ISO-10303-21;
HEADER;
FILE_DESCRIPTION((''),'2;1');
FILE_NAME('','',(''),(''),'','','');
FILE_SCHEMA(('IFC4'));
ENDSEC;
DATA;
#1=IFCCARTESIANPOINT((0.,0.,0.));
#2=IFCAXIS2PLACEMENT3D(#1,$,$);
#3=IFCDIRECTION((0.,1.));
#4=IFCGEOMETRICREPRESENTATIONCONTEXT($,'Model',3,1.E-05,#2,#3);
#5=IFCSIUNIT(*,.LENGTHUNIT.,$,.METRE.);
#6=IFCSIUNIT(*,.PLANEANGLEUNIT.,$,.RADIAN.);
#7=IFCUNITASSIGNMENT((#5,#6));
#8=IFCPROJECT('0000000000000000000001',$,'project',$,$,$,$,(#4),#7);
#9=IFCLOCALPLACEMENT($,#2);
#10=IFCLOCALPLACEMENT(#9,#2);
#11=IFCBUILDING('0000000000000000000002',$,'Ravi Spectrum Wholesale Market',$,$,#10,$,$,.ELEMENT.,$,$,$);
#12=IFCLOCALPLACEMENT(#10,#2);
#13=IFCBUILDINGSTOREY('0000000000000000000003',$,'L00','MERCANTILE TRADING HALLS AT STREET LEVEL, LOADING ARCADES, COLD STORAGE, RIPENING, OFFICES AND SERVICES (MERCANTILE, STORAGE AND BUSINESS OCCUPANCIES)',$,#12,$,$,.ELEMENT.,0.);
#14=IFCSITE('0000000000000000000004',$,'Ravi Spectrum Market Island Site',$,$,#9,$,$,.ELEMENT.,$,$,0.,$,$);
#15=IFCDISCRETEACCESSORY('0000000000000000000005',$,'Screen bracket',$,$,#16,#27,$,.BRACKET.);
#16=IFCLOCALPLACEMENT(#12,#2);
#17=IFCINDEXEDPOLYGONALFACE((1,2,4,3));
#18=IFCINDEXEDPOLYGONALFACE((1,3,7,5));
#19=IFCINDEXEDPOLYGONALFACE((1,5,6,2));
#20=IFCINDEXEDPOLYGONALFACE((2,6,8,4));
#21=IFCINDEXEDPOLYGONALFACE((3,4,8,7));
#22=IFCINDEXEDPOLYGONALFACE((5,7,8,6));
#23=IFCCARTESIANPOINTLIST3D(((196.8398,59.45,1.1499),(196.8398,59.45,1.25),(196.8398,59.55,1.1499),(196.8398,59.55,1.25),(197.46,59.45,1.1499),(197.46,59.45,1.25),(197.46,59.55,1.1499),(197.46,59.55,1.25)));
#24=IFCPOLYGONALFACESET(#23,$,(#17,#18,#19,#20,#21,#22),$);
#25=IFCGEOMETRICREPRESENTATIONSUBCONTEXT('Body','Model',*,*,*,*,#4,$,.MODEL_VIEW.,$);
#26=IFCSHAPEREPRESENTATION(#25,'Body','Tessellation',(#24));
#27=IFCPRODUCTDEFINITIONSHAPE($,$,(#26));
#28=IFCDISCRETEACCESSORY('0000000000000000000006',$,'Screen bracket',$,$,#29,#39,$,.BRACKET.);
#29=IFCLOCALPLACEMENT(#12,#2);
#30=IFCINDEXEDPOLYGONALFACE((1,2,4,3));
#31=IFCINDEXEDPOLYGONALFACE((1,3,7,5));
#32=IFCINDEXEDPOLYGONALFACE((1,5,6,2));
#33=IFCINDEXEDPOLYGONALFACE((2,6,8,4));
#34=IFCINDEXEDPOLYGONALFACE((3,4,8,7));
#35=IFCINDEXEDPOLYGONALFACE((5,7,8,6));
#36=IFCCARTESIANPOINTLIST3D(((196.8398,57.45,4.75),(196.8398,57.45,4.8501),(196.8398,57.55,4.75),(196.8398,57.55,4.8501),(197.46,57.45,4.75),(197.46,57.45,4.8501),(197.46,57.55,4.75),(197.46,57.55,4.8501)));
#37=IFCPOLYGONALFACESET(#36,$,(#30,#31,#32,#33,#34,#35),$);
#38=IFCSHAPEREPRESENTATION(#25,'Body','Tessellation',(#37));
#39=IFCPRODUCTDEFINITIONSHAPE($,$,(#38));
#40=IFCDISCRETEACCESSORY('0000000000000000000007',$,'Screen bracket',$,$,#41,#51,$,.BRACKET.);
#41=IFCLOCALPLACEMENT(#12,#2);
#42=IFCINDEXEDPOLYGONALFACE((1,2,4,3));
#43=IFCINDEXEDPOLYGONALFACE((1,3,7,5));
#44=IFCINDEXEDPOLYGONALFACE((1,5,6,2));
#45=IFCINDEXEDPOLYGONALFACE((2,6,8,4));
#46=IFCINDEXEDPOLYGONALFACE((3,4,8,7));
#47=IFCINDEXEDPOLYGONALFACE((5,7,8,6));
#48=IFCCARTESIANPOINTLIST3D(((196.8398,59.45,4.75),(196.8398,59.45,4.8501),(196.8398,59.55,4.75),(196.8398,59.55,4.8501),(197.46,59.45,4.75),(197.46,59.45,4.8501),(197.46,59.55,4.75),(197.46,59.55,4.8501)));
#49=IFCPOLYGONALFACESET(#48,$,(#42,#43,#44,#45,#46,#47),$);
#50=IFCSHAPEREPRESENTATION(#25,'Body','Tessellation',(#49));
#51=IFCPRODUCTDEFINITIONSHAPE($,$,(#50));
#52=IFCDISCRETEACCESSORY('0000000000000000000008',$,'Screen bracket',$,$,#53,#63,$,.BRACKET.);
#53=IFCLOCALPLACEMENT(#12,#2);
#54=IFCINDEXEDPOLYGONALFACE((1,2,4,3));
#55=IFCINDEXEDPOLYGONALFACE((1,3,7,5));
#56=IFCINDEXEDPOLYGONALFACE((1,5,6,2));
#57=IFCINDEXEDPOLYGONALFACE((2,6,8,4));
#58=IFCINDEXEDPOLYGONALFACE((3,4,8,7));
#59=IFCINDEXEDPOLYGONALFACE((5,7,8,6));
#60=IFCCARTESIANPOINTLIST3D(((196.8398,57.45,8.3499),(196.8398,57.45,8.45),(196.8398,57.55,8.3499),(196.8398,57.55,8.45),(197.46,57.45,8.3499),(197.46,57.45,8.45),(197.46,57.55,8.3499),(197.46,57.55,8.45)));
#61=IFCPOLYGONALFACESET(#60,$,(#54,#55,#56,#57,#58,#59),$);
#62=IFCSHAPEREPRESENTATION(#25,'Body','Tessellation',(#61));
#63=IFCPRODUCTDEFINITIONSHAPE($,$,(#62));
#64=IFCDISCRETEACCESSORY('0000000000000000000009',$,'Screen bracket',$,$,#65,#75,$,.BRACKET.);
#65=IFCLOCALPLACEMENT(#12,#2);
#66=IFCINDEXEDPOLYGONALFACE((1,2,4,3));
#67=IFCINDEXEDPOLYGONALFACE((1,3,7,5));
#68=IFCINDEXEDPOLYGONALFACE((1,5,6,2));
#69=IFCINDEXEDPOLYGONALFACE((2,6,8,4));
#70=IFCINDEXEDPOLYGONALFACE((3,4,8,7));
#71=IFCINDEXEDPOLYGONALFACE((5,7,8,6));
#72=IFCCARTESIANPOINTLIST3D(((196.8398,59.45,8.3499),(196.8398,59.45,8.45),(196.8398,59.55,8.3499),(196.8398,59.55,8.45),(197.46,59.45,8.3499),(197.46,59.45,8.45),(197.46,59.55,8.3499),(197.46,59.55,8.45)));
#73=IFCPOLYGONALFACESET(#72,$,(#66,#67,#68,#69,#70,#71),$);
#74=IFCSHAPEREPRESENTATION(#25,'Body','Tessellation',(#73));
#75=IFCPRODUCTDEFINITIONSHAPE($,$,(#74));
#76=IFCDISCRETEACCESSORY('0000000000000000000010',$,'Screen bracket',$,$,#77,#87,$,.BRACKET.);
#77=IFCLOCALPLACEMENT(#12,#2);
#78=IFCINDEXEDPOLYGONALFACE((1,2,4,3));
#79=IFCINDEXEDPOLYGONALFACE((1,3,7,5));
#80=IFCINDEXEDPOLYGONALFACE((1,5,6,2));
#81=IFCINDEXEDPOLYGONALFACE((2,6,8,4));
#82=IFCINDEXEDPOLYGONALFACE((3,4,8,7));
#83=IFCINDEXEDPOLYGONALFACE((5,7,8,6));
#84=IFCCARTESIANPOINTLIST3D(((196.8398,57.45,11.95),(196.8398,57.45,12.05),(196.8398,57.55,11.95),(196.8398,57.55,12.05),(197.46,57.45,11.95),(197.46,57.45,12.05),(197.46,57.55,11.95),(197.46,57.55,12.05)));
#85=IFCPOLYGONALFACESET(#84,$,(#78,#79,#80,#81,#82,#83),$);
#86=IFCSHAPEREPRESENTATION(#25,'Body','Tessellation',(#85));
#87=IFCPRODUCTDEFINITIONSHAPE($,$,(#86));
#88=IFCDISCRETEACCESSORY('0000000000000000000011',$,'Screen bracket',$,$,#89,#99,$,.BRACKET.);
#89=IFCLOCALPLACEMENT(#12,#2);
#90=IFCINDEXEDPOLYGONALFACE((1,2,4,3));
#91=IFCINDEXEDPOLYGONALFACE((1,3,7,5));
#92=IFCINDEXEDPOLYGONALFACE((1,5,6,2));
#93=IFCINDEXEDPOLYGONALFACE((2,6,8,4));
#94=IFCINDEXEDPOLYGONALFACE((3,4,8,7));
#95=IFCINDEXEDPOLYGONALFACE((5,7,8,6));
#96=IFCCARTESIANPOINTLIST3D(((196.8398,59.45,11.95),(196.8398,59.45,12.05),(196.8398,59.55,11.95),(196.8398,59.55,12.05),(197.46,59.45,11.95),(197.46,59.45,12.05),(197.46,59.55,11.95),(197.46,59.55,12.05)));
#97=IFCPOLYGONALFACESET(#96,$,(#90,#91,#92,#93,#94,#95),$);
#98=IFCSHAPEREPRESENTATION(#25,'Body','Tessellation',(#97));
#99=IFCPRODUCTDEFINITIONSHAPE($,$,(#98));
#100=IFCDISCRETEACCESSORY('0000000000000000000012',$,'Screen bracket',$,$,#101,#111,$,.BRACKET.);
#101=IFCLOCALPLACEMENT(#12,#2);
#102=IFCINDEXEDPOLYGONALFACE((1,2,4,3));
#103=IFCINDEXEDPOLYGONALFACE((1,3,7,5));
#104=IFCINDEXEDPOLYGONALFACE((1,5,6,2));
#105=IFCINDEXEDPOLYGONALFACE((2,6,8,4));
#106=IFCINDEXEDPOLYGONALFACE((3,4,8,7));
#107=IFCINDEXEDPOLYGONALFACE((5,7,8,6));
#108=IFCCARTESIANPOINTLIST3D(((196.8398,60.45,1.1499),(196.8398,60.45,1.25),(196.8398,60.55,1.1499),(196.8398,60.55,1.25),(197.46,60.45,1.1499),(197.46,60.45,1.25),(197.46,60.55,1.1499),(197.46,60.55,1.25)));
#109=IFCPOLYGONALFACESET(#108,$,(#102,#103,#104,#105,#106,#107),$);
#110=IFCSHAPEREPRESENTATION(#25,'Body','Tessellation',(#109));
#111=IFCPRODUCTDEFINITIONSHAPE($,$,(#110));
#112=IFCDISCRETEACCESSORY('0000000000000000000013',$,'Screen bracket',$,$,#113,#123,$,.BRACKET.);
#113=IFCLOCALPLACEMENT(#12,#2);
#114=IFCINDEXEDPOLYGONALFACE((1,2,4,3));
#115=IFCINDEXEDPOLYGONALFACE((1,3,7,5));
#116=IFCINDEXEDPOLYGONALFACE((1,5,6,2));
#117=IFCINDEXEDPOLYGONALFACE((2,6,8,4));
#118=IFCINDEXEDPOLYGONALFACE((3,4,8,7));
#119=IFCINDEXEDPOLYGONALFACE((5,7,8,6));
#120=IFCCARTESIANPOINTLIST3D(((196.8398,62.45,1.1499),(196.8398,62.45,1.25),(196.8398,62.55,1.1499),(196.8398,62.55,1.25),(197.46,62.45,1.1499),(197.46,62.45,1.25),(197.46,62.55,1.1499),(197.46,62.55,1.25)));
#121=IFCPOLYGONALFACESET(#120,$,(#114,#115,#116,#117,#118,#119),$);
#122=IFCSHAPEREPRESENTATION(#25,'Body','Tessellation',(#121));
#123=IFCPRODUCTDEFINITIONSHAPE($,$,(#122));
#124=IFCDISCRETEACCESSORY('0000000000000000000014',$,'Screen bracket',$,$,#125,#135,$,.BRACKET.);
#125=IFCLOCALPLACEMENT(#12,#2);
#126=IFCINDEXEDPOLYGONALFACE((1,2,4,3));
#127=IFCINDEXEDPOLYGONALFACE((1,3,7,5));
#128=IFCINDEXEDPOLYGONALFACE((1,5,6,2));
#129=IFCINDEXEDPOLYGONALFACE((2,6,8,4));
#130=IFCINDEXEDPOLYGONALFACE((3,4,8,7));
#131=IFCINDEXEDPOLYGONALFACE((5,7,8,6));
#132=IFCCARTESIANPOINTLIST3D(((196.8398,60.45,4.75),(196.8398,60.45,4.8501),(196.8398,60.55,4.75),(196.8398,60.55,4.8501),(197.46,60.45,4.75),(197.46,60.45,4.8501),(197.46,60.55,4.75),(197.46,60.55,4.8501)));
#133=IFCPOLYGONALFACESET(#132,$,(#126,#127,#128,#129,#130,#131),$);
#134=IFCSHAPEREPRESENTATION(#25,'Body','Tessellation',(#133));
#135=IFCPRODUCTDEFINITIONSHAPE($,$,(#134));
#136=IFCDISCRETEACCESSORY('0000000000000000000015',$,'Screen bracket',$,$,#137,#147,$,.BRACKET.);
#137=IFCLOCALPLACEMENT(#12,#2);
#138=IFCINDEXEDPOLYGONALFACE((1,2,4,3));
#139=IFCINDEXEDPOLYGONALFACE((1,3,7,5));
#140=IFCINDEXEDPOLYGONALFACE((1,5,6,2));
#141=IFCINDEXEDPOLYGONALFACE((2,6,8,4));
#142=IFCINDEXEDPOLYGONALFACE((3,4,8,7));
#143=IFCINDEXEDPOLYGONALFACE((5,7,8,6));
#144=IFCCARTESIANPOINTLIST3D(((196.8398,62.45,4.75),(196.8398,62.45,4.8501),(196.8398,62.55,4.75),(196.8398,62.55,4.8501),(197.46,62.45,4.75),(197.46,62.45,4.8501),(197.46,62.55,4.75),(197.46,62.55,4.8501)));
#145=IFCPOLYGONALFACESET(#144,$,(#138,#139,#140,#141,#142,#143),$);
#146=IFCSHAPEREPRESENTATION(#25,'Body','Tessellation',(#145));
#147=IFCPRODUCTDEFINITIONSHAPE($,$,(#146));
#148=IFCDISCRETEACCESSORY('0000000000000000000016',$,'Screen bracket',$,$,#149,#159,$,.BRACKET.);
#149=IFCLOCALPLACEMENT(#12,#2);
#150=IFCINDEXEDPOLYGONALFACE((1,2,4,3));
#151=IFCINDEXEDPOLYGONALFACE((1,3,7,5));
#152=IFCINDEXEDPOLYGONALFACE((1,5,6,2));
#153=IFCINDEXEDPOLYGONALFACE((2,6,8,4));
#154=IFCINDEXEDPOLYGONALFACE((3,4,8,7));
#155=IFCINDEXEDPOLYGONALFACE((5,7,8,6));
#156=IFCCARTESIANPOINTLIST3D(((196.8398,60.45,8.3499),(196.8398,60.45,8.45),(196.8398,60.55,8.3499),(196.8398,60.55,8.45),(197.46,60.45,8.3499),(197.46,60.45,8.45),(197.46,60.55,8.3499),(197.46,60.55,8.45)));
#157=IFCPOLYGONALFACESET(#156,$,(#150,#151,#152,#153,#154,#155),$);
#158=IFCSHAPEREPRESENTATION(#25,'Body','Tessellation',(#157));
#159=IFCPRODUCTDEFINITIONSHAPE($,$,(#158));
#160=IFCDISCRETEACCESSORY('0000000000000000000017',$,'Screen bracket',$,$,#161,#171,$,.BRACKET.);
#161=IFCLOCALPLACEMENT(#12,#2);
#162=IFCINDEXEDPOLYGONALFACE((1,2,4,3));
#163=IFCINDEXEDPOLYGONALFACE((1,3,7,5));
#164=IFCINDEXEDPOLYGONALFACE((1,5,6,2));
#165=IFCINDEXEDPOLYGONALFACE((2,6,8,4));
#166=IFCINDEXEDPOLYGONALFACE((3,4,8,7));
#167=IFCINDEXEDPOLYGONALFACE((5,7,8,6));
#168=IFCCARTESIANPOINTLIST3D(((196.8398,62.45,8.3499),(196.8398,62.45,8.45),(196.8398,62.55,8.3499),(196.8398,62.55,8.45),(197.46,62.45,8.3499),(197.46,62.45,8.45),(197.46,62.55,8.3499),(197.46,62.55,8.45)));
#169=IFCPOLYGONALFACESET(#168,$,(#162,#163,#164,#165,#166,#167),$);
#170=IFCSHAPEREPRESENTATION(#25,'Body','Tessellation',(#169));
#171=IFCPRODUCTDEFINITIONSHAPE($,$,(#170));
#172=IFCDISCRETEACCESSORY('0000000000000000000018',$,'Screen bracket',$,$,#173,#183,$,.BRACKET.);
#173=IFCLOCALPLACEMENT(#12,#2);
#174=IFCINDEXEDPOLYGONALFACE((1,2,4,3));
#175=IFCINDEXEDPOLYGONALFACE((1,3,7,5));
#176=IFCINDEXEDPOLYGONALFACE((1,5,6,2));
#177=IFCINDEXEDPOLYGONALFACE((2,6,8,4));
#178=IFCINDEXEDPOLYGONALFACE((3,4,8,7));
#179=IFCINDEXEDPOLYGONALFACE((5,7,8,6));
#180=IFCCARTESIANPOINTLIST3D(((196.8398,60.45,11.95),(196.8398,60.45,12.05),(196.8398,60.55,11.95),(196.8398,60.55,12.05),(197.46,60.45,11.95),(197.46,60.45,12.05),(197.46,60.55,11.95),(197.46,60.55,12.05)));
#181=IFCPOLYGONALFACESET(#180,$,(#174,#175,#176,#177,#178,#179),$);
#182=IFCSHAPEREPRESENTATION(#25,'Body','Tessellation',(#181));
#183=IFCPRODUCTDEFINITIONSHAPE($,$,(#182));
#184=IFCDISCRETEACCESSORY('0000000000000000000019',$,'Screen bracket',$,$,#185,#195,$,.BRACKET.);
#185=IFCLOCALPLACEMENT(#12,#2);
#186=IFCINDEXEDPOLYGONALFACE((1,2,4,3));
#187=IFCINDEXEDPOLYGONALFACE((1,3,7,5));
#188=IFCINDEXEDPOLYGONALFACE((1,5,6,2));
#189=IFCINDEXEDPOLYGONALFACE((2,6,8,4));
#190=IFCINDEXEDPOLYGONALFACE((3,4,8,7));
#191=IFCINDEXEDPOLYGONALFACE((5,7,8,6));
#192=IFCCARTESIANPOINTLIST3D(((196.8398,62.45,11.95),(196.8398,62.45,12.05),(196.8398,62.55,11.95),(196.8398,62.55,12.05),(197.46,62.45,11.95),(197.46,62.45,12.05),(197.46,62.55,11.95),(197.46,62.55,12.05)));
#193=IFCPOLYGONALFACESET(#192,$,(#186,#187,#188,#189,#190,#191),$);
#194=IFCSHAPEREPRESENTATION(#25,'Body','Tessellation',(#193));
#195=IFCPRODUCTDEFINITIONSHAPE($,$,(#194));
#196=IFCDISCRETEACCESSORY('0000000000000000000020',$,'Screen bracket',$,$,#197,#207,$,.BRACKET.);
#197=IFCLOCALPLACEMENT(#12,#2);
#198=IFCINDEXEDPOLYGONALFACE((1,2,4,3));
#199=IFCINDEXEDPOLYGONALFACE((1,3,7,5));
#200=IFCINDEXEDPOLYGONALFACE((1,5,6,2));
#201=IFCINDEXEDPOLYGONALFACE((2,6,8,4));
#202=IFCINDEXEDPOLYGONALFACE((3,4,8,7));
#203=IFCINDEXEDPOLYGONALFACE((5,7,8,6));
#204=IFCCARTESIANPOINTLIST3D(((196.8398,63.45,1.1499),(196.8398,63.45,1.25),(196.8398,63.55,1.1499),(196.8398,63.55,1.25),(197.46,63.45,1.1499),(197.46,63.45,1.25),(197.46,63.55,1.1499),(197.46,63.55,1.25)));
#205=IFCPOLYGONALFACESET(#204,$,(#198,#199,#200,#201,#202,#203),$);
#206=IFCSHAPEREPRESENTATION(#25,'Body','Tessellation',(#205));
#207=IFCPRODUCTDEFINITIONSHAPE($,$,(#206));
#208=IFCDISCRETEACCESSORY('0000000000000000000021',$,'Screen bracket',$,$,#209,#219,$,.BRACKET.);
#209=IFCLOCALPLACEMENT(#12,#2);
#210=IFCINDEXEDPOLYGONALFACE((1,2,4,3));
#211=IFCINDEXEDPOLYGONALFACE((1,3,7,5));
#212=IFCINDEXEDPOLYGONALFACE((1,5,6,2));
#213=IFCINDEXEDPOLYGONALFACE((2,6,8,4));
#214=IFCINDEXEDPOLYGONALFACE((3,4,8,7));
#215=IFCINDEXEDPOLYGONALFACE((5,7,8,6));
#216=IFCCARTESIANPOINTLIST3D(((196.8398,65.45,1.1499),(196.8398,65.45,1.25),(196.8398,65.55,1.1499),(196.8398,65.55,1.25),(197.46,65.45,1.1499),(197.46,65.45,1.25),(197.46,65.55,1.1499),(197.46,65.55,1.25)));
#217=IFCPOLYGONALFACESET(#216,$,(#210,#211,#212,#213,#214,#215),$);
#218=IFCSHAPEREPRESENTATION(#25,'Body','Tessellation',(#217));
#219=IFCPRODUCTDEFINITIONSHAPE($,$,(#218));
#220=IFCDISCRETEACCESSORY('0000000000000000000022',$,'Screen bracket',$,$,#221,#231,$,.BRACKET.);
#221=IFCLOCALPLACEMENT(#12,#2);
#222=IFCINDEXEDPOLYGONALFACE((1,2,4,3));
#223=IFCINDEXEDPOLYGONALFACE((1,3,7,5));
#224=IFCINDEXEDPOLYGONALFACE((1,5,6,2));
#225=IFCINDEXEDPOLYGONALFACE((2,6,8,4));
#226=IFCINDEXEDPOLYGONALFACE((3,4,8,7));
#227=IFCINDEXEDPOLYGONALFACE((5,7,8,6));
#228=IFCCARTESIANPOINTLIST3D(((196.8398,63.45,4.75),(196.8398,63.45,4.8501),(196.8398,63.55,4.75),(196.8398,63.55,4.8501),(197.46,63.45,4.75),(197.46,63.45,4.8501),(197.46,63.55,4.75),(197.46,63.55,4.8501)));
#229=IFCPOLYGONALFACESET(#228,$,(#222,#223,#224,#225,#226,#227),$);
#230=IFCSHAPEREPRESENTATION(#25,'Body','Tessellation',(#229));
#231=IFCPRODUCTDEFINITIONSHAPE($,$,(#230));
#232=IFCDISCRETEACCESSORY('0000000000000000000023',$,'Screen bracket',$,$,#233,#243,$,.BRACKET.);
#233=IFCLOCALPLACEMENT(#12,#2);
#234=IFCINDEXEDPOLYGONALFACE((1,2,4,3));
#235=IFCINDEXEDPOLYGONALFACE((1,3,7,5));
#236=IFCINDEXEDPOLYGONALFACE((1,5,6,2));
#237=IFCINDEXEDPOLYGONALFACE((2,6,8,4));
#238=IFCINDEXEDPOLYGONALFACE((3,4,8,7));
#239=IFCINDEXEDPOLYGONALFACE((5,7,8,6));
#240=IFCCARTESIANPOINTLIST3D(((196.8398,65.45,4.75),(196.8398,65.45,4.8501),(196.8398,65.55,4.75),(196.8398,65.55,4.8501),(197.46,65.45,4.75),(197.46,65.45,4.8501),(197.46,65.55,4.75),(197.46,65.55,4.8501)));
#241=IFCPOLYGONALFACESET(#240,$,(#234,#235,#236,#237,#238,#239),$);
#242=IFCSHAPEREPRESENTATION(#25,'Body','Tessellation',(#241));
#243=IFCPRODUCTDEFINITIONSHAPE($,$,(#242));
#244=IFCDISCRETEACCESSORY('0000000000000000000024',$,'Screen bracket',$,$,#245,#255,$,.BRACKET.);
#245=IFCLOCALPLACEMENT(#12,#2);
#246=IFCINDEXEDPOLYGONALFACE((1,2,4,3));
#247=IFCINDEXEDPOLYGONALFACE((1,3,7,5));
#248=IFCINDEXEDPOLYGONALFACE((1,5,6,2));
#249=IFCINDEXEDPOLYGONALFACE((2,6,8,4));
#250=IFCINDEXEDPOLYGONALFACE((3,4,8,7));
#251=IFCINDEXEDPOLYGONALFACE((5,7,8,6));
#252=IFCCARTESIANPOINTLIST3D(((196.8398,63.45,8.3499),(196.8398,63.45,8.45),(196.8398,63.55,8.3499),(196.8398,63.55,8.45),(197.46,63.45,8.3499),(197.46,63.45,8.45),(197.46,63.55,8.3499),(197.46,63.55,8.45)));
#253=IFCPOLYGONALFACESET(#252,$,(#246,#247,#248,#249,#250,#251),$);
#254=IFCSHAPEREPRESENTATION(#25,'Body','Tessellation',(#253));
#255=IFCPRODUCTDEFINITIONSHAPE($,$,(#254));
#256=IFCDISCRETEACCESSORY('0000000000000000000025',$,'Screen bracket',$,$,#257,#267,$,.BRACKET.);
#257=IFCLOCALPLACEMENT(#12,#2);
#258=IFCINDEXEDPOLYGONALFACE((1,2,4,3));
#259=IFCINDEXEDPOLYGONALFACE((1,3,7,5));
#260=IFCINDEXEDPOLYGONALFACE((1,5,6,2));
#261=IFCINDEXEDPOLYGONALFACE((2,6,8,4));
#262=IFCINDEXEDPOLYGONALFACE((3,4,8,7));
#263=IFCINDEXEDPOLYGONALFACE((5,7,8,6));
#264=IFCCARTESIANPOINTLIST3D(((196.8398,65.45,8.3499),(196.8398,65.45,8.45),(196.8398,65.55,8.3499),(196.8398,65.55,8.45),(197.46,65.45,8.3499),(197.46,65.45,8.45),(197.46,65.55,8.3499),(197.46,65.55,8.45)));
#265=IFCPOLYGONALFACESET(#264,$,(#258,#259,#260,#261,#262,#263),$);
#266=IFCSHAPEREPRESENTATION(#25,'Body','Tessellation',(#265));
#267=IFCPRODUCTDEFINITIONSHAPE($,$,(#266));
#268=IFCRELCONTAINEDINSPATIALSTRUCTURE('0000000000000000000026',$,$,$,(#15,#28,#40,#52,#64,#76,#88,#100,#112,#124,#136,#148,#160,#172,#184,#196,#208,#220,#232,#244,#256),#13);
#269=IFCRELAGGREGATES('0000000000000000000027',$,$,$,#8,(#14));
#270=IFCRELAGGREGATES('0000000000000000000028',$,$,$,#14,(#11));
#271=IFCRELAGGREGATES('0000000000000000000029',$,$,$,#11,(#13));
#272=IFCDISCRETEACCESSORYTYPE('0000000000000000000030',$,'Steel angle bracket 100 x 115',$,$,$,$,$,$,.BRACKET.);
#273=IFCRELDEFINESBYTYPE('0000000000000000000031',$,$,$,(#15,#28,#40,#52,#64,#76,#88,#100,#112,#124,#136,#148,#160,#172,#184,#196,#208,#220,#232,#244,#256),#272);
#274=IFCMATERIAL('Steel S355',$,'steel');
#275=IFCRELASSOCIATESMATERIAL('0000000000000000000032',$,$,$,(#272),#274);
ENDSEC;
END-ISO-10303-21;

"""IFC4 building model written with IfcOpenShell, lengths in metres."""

from ifc_helpers import new_model, si_unit, direction, frame, origin, origin_2d, place, context, subcontext, project, spatial, rectangle, extrude, material, type_object, element, save


model = new_model("IFC4")

# Units and contexts
model_context = context("Model", 3, precision=1e-05, world=origin(), true_north=direction((0.0, 1.0)))
body_context = subcontext(model_context, "Body", "Model", "MODEL_VIEW")
ifc_project = project(units=[si_unit("LENGTHUNIT", "METRE"), si_unit("PLANEANGLEUNIT", "RADIAN")], contexts=[model_context])

# Site, building, storey
site_placement = place(None, origin())
site = spatial("IfcSite", under=ifc_project, at=site_placement, Name="Ravi Spectrum Market Island Site", CompositionType="ELEMENT", RefElevation=0.0)
building_placement = place(site_placement, origin())
building = spatial("IfcBuilding", under=site, at=building_placement, Name="Ravi Spectrum Wholesale Market", CompositionType="ELEMENT")
storey_placement = place(building_placement, origin())
storey = spatial("IfcBuildingStorey", under=building, at=storey_placement, Name="L00", Description="MERCANTILE TRADING HALLS AT STREET LEVEL, LOADING ARCADES, COLD STORAGE, RIPENING, OFFICES AND SERVICES (MERCANTILE, STORAGE AND BUSINESS OCCUPANCIES)", CompositionType="ELEMENT", Elevation=0.0)

# Discrete accessories
ifc_material_1 = material(Name="Steel S355", Category="steel")
discrete_accessory_type = type_object("IfcDiscreteAccessoryType", Name="Steel angle bracket 100 x 115", PredefinedType="BRACKET", material=ifc_material_1)
for number, where, z_axis, x_axis, name in (
    (1, (197.1499, 59.5, 1.1499), (0.0, 0.0, 1.0), (1.0, 0.0, 0.0), "Screen bracket"),
    (2, (197.1499, 57.5, 4.75), (0.0, 0.0, 1.0), (1.0, 0.0, 0.0), "Screen bracket"),
    (3, (197.1499, 59.5, 4.75), (0.0, 0.0, 1.0), (1.0, 0.0, 0.0), "Screen bracket"),
    (4, (197.1499, 57.5, 8.3499), (0.0, 0.0, 1.0), (1.0, 0.0, 0.0), "Screen bracket"),
    (5, (197.1499, 59.5, 8.3499), (0.0, 0.0, 1.0), (1.0, 0.0, 0.0), "Screen bracket"),
    (6, (197.1499, 57.5, 11.95), (0.0, 0.0, 1.0), (1.0, 0.0, 0.0), "Screen bracket"),
    (7, (197.1499, 59.5, 11.95), (0.0, 0.0, 1.0), (1.0, 0.0, 0.0), "Screen bracket"),
    (8, (197.1499, 60.5, 1.1499), (0.0, 0.0, 1.0), (1.0, 0.0, 0.0), "Screen bracket"),
    (9, (197.1499, 62.5, 1.1499), (0.0, 0.0, 1.0), (1.0, 0.0, 0.0), "Screen bracket"),
    (10, (197.1499, 60.5, 4.75), (0.0, 0.0, 1.0), (1.0, 0.0, 0.0), "Screen bracket"),
    (11, (197.1499, 62.5, 4.75), (0.0, 0.0, 1.0), (1.0, 0.0, 0.0), "Screen bracket"),
    (12, (197.1499, 60.5, 8.3499), (0.0, 0.0, 1.0), (1.0, 0.0, 0.0), "Screen bracket"),
    (13, (197.1499, 62.5, 8.3499), (0.0, 0.0, 1.0), (1.0, 0.0, 0.0), "Screen bracket"),
    (14, (197.1499, 60.5, 11.95), (0.0, 0.0, 1.0), (1.0, 0.0, 0.0), "Screen bracket"),
    (15, (197.1499, 62.5, 11.95), (0.0, 0.0, 1.0), (1.0, 0.0, 0.0), "Screen bracket"),
    (16, (197.1499, 63.5, 1.1499), (0.0, 0.0, 1.0), (1.0, 0.0, 0.0), "Screen bracket"),
    (17, (197.1499, 65.5, 1.1499), (0.0, 0.0, 1.0), (1.0, 0.0, 0.0), "Screen bracket"),
    (18, (197.1499, 63.5, 4.75), (0.0, 0.0, 1.0), (1.0, 0.0, 0.0), "Screen bracket"),
    (19, (197.1499, 65.5, 4.75), (0.0, 0.0, 1.0), (1.0, 0.0, 0.0), "Screen bracket"),
    (20, (197.1499, 63.5, 8.3499), (0.0, 0.0, 1.0), (1.0, 0.0, 0.0), "Screen bracket"),
    (21, (197.1499, 65.5, 8.3499), (0.0, 0.0, 1.0), (1.0, 0.0, 0.0), "Screen bracket"),
):
    element("IfcDiscreteAccessory", number, at=place(storey_placement, frame(where, z_axis=z_axis, x_axis=x_axis)), inside=storey, type_object=discrete_accessory_type, Name=name, PredefinedType="BRACKET", context=body_context, shape_type="SweptSolid", body=[
        extrude(rectangle(XDim=0.6201, YDim=0.1001, at=origin_2d()), origin(), (0.0, 0.0, 1.0), 0.1001),
    ])

save(model, "model.ifc")
